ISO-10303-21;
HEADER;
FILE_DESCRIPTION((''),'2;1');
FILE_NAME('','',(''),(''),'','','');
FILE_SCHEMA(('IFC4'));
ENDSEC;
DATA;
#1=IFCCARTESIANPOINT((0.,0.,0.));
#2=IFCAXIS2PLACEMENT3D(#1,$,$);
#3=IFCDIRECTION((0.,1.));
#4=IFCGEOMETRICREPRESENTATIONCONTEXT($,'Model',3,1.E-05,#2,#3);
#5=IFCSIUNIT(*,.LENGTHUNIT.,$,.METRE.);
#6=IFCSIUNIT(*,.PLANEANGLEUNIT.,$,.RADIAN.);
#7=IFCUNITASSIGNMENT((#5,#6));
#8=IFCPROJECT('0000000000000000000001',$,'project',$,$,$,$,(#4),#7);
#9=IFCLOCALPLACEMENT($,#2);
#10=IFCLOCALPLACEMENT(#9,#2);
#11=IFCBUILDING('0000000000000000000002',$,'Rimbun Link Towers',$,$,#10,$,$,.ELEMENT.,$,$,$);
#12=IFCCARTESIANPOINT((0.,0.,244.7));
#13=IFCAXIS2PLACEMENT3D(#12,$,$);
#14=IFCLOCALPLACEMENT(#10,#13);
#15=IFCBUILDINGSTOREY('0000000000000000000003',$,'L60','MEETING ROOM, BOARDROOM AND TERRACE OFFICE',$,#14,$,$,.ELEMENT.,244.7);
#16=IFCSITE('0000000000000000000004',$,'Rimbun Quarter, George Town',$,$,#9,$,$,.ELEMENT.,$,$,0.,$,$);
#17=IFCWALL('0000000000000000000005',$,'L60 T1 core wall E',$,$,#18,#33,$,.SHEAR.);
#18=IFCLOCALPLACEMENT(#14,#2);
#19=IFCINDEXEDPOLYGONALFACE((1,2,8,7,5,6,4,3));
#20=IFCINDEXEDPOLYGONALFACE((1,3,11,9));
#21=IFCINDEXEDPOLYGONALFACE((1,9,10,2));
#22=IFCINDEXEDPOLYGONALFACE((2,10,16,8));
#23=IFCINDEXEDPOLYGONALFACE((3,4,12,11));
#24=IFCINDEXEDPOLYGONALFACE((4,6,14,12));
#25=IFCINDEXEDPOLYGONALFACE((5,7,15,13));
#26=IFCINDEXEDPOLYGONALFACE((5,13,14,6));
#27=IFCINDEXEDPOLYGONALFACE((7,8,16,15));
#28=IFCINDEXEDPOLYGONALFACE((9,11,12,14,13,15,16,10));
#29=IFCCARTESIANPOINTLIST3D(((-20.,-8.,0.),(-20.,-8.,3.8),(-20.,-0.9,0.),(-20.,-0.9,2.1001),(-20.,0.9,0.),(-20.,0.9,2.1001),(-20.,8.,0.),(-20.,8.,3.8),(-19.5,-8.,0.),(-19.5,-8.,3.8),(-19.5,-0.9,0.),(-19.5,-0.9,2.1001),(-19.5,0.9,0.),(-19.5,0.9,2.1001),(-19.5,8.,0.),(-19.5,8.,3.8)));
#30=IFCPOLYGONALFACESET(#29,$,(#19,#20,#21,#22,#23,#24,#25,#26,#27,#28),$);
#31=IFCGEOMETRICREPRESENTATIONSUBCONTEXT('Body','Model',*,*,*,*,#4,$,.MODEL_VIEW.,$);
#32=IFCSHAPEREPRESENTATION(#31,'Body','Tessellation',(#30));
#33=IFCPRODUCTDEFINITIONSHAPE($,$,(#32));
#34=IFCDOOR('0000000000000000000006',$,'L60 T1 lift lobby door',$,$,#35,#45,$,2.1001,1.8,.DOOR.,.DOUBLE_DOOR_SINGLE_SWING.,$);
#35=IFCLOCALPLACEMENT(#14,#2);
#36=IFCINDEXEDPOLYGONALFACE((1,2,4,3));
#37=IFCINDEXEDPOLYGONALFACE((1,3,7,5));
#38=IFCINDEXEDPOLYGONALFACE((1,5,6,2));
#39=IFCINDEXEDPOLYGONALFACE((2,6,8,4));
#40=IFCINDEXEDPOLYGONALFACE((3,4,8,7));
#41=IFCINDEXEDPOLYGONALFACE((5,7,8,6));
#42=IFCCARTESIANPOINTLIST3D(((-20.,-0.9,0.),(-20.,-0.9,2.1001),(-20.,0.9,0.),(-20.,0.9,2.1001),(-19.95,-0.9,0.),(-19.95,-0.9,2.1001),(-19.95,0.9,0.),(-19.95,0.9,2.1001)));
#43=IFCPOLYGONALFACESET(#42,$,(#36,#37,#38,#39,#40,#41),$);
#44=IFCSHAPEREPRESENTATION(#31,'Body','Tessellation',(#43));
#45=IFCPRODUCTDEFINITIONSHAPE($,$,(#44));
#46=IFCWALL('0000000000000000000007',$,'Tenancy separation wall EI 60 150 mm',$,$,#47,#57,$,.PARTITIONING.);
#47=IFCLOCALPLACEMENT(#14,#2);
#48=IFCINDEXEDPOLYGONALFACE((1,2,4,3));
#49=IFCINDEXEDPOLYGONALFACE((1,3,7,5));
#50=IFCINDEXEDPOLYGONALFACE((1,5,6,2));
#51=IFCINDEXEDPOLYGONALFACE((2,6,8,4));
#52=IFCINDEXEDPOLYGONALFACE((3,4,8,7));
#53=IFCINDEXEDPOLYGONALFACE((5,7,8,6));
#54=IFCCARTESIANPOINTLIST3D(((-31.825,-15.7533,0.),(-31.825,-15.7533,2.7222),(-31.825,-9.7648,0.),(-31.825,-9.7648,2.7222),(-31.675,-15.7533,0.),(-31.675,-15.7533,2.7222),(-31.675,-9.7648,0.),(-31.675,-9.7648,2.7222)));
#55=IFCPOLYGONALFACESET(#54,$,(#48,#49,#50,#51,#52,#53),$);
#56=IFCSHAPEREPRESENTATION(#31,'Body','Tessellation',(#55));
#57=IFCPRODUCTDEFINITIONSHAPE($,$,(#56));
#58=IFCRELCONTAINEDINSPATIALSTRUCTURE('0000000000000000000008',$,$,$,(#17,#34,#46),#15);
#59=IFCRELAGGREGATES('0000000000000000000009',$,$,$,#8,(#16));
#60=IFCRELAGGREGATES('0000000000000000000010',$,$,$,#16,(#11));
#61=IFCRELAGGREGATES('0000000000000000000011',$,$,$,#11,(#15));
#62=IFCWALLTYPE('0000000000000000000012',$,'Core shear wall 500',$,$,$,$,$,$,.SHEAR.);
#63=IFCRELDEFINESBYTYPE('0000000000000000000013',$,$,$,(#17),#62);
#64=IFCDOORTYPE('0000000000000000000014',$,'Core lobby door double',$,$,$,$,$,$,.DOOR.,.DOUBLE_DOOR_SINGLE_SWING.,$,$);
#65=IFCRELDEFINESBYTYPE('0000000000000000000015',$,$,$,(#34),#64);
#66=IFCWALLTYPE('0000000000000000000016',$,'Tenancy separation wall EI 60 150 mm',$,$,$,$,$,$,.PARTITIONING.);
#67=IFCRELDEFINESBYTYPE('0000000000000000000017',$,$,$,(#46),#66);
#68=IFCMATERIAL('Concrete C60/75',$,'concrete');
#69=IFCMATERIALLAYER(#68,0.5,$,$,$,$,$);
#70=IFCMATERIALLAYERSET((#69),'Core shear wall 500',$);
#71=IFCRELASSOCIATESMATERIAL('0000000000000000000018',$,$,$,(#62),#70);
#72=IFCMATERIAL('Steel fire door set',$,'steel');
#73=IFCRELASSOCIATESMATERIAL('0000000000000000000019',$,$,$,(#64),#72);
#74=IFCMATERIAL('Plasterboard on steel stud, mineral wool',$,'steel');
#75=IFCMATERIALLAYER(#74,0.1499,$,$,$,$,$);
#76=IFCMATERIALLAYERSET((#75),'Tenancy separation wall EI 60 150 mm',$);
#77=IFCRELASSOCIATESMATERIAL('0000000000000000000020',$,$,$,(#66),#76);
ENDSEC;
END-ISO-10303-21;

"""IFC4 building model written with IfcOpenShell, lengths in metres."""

from ifc_helpers import new_model, si_unit, direction, frame, frame_2d, origin, place, context, subcontext, project, spatial, rectangle, extrude, material, layer, layer_set, type_object, element, fill, save


model = new_model("IFC4")

# Units and contexts
model_context = context("Model", 3, precision=1e-05, world=origin(), true_north=direction((0.0, 1.0)))
body_context = subcontext(model_context, "Body", "Model", "MODEL_VIEW")
ifc_project = project(units=[si_unit("LENGTHUNIT", "METRE"), si_unit("PLANEANGLEUNIT", "RADIAN")], contexts=[model_context])

# Site, building, storey
site_placement = place(None, origin())
site = spatial("IfcSite", under=ifc_project, at=site_placement, Name="Rimbun Quarter, George Town", CompositionType="ELEMENT", RefElevation=0.0)
building_placement = place(site_placement, origin())
building = spatial("IfcBuilding", under=site, at=building_placement, Name="Rimbun Link Towers", CompositionType="ELEMENT")
storey_placement = place(building_placement, frame((0.0, 0.0, 244.7)))
storey = spatial("IfcBuildingStorey", under=building, at=storey_placement, Name="L60", Description="MEETING ROOM, BOARDROOM AND TERRACE OFFICE", CompositionType="ELEMENT", Elevation=244.7)

# Wall, opening, door
ifc_material_1 = material(Name="Concrete C60/75", Category="concrete")
ifc_layer_1 = layer(ifc_material_1, 0.5)
ifc_layer_set_1 = layer_set([ifc_layer_1], Name="Core shear wall 500")
wall_type_1 = type_object("IfcWallType", Name="Core shear wall 500", PredefinedType="SHEAR", material=ifc_layer_set_1)
wall_1_placement = place(storey_placement, frame((-19.75, -8.0, 0.0), z_axis=(0.0, 0.0, 1.0), x_axis=(0.0, 1.0, 0.0)))
wall_1 = element("IfcWall", 1, at=wall_1_placement, inside=storey, type_object=wall_type_1, Name="L60 T1 core wall E", PredefinedType="SHEAR", context=body_context, shape_type="SweptSolid", body=[
    extrude(rectangle(XDim=16.0, YDim=0.5, at=frame_2d((8.0, 0.0))), origin(), (0.0, 0.0, 1.0), 3.8),
])
opening_1_placement = place(wall_1_placement, frame((7.1001, 0.0, 0.0)))
opening_1 = element("IfcOpeningElement", 2, at=opening_1_placement, cuts=wall_1, PredefinedType="OPENING", context=body_context, shape_type="SweptSolid", body=[
    extrude(rectangle(XDim=1.8, YDim=2.1001, at=frame_2d((0.8999, 1.05))), frame((0.0, 0.26, 0.0), z_axis=(0.0, -1.0, 0.0), x_axis=(1.0, 0.0, 0.0)), (0.0, 0.0, 1.0), 0.52),
])
ifc_material_2 = material(Name="Steel fire door set", Category="steel")
door_type = type_object("IfcDoorType", Name="Core lobby door double", OperationType="DOUBLE_DOOR_SINGLE_SWING", PredefinedType="DOOR", material=ifc_material_2)
door_placement = place(opening_1_placement, origin())
door = element("IfcDoor", 3, at=door_placement, inside=storey, type_object=door_type, Name="L60 T1 lift lobby door", OperationType="DOUBLE_DOOR_SINGLE_SWING", OverallHeight=2.1001, OverallWidth=1.8, PredefinedType="DOOR", context=body_context, shape_type="SweptSolid", body=[
    extrude(rectangle(XDim=1.8, YDim=2.1001, at=frame_2d((0.8999, 1.05))), frame((0.0, 0.25, 0.0), z_axis=(0.0, -1.0, 0.0), x_axis=(1.0, 0.0, 0.0)), (0.0, 0.0, 1.0), 0.05),
])
fill(opening_1, door)

# Wall
ifc_material_3 = material(Name="Plasterboard on steel stud, mineral wool", Category="steel")
ifc_layer_2 = layer(ifc_material_3, 0.1499)
ifc_layer_set_2 = layer_set([ifc_layer_2], Name="Tenancy separation wall EI 60 150 mm")
wall_type_2 = type_object("IfcWallType", Name="Tenancy separation wall EI 60 150 mm", PredefinedType="PARTITIONING", material=ifc_layer_set_2)
wall_2_placement = place(storey_placement, frame((-31.75, -9.7649, 0.0), z_axis=(0.0, 0.0, 1.0), x_axis=(0.0, -1.0, 0.0)))
element("IfcWall", 4, at=wall_2_placement, inside=storey, type_object=wall_type_2, Name="Tenancy separation wall EI 60 150 mm", PredefinedType="PARTITIONING", context=body_context, shape_type="SweptSolid", body=[
    extrude(rectangle(XDim=5.9885, YDim=0.1499, at=frame_2d((2.9941, 0.0))), origin(), (0.0, 0.0, 1.0), 2.7222),
])

save(model, "model.ifc")
